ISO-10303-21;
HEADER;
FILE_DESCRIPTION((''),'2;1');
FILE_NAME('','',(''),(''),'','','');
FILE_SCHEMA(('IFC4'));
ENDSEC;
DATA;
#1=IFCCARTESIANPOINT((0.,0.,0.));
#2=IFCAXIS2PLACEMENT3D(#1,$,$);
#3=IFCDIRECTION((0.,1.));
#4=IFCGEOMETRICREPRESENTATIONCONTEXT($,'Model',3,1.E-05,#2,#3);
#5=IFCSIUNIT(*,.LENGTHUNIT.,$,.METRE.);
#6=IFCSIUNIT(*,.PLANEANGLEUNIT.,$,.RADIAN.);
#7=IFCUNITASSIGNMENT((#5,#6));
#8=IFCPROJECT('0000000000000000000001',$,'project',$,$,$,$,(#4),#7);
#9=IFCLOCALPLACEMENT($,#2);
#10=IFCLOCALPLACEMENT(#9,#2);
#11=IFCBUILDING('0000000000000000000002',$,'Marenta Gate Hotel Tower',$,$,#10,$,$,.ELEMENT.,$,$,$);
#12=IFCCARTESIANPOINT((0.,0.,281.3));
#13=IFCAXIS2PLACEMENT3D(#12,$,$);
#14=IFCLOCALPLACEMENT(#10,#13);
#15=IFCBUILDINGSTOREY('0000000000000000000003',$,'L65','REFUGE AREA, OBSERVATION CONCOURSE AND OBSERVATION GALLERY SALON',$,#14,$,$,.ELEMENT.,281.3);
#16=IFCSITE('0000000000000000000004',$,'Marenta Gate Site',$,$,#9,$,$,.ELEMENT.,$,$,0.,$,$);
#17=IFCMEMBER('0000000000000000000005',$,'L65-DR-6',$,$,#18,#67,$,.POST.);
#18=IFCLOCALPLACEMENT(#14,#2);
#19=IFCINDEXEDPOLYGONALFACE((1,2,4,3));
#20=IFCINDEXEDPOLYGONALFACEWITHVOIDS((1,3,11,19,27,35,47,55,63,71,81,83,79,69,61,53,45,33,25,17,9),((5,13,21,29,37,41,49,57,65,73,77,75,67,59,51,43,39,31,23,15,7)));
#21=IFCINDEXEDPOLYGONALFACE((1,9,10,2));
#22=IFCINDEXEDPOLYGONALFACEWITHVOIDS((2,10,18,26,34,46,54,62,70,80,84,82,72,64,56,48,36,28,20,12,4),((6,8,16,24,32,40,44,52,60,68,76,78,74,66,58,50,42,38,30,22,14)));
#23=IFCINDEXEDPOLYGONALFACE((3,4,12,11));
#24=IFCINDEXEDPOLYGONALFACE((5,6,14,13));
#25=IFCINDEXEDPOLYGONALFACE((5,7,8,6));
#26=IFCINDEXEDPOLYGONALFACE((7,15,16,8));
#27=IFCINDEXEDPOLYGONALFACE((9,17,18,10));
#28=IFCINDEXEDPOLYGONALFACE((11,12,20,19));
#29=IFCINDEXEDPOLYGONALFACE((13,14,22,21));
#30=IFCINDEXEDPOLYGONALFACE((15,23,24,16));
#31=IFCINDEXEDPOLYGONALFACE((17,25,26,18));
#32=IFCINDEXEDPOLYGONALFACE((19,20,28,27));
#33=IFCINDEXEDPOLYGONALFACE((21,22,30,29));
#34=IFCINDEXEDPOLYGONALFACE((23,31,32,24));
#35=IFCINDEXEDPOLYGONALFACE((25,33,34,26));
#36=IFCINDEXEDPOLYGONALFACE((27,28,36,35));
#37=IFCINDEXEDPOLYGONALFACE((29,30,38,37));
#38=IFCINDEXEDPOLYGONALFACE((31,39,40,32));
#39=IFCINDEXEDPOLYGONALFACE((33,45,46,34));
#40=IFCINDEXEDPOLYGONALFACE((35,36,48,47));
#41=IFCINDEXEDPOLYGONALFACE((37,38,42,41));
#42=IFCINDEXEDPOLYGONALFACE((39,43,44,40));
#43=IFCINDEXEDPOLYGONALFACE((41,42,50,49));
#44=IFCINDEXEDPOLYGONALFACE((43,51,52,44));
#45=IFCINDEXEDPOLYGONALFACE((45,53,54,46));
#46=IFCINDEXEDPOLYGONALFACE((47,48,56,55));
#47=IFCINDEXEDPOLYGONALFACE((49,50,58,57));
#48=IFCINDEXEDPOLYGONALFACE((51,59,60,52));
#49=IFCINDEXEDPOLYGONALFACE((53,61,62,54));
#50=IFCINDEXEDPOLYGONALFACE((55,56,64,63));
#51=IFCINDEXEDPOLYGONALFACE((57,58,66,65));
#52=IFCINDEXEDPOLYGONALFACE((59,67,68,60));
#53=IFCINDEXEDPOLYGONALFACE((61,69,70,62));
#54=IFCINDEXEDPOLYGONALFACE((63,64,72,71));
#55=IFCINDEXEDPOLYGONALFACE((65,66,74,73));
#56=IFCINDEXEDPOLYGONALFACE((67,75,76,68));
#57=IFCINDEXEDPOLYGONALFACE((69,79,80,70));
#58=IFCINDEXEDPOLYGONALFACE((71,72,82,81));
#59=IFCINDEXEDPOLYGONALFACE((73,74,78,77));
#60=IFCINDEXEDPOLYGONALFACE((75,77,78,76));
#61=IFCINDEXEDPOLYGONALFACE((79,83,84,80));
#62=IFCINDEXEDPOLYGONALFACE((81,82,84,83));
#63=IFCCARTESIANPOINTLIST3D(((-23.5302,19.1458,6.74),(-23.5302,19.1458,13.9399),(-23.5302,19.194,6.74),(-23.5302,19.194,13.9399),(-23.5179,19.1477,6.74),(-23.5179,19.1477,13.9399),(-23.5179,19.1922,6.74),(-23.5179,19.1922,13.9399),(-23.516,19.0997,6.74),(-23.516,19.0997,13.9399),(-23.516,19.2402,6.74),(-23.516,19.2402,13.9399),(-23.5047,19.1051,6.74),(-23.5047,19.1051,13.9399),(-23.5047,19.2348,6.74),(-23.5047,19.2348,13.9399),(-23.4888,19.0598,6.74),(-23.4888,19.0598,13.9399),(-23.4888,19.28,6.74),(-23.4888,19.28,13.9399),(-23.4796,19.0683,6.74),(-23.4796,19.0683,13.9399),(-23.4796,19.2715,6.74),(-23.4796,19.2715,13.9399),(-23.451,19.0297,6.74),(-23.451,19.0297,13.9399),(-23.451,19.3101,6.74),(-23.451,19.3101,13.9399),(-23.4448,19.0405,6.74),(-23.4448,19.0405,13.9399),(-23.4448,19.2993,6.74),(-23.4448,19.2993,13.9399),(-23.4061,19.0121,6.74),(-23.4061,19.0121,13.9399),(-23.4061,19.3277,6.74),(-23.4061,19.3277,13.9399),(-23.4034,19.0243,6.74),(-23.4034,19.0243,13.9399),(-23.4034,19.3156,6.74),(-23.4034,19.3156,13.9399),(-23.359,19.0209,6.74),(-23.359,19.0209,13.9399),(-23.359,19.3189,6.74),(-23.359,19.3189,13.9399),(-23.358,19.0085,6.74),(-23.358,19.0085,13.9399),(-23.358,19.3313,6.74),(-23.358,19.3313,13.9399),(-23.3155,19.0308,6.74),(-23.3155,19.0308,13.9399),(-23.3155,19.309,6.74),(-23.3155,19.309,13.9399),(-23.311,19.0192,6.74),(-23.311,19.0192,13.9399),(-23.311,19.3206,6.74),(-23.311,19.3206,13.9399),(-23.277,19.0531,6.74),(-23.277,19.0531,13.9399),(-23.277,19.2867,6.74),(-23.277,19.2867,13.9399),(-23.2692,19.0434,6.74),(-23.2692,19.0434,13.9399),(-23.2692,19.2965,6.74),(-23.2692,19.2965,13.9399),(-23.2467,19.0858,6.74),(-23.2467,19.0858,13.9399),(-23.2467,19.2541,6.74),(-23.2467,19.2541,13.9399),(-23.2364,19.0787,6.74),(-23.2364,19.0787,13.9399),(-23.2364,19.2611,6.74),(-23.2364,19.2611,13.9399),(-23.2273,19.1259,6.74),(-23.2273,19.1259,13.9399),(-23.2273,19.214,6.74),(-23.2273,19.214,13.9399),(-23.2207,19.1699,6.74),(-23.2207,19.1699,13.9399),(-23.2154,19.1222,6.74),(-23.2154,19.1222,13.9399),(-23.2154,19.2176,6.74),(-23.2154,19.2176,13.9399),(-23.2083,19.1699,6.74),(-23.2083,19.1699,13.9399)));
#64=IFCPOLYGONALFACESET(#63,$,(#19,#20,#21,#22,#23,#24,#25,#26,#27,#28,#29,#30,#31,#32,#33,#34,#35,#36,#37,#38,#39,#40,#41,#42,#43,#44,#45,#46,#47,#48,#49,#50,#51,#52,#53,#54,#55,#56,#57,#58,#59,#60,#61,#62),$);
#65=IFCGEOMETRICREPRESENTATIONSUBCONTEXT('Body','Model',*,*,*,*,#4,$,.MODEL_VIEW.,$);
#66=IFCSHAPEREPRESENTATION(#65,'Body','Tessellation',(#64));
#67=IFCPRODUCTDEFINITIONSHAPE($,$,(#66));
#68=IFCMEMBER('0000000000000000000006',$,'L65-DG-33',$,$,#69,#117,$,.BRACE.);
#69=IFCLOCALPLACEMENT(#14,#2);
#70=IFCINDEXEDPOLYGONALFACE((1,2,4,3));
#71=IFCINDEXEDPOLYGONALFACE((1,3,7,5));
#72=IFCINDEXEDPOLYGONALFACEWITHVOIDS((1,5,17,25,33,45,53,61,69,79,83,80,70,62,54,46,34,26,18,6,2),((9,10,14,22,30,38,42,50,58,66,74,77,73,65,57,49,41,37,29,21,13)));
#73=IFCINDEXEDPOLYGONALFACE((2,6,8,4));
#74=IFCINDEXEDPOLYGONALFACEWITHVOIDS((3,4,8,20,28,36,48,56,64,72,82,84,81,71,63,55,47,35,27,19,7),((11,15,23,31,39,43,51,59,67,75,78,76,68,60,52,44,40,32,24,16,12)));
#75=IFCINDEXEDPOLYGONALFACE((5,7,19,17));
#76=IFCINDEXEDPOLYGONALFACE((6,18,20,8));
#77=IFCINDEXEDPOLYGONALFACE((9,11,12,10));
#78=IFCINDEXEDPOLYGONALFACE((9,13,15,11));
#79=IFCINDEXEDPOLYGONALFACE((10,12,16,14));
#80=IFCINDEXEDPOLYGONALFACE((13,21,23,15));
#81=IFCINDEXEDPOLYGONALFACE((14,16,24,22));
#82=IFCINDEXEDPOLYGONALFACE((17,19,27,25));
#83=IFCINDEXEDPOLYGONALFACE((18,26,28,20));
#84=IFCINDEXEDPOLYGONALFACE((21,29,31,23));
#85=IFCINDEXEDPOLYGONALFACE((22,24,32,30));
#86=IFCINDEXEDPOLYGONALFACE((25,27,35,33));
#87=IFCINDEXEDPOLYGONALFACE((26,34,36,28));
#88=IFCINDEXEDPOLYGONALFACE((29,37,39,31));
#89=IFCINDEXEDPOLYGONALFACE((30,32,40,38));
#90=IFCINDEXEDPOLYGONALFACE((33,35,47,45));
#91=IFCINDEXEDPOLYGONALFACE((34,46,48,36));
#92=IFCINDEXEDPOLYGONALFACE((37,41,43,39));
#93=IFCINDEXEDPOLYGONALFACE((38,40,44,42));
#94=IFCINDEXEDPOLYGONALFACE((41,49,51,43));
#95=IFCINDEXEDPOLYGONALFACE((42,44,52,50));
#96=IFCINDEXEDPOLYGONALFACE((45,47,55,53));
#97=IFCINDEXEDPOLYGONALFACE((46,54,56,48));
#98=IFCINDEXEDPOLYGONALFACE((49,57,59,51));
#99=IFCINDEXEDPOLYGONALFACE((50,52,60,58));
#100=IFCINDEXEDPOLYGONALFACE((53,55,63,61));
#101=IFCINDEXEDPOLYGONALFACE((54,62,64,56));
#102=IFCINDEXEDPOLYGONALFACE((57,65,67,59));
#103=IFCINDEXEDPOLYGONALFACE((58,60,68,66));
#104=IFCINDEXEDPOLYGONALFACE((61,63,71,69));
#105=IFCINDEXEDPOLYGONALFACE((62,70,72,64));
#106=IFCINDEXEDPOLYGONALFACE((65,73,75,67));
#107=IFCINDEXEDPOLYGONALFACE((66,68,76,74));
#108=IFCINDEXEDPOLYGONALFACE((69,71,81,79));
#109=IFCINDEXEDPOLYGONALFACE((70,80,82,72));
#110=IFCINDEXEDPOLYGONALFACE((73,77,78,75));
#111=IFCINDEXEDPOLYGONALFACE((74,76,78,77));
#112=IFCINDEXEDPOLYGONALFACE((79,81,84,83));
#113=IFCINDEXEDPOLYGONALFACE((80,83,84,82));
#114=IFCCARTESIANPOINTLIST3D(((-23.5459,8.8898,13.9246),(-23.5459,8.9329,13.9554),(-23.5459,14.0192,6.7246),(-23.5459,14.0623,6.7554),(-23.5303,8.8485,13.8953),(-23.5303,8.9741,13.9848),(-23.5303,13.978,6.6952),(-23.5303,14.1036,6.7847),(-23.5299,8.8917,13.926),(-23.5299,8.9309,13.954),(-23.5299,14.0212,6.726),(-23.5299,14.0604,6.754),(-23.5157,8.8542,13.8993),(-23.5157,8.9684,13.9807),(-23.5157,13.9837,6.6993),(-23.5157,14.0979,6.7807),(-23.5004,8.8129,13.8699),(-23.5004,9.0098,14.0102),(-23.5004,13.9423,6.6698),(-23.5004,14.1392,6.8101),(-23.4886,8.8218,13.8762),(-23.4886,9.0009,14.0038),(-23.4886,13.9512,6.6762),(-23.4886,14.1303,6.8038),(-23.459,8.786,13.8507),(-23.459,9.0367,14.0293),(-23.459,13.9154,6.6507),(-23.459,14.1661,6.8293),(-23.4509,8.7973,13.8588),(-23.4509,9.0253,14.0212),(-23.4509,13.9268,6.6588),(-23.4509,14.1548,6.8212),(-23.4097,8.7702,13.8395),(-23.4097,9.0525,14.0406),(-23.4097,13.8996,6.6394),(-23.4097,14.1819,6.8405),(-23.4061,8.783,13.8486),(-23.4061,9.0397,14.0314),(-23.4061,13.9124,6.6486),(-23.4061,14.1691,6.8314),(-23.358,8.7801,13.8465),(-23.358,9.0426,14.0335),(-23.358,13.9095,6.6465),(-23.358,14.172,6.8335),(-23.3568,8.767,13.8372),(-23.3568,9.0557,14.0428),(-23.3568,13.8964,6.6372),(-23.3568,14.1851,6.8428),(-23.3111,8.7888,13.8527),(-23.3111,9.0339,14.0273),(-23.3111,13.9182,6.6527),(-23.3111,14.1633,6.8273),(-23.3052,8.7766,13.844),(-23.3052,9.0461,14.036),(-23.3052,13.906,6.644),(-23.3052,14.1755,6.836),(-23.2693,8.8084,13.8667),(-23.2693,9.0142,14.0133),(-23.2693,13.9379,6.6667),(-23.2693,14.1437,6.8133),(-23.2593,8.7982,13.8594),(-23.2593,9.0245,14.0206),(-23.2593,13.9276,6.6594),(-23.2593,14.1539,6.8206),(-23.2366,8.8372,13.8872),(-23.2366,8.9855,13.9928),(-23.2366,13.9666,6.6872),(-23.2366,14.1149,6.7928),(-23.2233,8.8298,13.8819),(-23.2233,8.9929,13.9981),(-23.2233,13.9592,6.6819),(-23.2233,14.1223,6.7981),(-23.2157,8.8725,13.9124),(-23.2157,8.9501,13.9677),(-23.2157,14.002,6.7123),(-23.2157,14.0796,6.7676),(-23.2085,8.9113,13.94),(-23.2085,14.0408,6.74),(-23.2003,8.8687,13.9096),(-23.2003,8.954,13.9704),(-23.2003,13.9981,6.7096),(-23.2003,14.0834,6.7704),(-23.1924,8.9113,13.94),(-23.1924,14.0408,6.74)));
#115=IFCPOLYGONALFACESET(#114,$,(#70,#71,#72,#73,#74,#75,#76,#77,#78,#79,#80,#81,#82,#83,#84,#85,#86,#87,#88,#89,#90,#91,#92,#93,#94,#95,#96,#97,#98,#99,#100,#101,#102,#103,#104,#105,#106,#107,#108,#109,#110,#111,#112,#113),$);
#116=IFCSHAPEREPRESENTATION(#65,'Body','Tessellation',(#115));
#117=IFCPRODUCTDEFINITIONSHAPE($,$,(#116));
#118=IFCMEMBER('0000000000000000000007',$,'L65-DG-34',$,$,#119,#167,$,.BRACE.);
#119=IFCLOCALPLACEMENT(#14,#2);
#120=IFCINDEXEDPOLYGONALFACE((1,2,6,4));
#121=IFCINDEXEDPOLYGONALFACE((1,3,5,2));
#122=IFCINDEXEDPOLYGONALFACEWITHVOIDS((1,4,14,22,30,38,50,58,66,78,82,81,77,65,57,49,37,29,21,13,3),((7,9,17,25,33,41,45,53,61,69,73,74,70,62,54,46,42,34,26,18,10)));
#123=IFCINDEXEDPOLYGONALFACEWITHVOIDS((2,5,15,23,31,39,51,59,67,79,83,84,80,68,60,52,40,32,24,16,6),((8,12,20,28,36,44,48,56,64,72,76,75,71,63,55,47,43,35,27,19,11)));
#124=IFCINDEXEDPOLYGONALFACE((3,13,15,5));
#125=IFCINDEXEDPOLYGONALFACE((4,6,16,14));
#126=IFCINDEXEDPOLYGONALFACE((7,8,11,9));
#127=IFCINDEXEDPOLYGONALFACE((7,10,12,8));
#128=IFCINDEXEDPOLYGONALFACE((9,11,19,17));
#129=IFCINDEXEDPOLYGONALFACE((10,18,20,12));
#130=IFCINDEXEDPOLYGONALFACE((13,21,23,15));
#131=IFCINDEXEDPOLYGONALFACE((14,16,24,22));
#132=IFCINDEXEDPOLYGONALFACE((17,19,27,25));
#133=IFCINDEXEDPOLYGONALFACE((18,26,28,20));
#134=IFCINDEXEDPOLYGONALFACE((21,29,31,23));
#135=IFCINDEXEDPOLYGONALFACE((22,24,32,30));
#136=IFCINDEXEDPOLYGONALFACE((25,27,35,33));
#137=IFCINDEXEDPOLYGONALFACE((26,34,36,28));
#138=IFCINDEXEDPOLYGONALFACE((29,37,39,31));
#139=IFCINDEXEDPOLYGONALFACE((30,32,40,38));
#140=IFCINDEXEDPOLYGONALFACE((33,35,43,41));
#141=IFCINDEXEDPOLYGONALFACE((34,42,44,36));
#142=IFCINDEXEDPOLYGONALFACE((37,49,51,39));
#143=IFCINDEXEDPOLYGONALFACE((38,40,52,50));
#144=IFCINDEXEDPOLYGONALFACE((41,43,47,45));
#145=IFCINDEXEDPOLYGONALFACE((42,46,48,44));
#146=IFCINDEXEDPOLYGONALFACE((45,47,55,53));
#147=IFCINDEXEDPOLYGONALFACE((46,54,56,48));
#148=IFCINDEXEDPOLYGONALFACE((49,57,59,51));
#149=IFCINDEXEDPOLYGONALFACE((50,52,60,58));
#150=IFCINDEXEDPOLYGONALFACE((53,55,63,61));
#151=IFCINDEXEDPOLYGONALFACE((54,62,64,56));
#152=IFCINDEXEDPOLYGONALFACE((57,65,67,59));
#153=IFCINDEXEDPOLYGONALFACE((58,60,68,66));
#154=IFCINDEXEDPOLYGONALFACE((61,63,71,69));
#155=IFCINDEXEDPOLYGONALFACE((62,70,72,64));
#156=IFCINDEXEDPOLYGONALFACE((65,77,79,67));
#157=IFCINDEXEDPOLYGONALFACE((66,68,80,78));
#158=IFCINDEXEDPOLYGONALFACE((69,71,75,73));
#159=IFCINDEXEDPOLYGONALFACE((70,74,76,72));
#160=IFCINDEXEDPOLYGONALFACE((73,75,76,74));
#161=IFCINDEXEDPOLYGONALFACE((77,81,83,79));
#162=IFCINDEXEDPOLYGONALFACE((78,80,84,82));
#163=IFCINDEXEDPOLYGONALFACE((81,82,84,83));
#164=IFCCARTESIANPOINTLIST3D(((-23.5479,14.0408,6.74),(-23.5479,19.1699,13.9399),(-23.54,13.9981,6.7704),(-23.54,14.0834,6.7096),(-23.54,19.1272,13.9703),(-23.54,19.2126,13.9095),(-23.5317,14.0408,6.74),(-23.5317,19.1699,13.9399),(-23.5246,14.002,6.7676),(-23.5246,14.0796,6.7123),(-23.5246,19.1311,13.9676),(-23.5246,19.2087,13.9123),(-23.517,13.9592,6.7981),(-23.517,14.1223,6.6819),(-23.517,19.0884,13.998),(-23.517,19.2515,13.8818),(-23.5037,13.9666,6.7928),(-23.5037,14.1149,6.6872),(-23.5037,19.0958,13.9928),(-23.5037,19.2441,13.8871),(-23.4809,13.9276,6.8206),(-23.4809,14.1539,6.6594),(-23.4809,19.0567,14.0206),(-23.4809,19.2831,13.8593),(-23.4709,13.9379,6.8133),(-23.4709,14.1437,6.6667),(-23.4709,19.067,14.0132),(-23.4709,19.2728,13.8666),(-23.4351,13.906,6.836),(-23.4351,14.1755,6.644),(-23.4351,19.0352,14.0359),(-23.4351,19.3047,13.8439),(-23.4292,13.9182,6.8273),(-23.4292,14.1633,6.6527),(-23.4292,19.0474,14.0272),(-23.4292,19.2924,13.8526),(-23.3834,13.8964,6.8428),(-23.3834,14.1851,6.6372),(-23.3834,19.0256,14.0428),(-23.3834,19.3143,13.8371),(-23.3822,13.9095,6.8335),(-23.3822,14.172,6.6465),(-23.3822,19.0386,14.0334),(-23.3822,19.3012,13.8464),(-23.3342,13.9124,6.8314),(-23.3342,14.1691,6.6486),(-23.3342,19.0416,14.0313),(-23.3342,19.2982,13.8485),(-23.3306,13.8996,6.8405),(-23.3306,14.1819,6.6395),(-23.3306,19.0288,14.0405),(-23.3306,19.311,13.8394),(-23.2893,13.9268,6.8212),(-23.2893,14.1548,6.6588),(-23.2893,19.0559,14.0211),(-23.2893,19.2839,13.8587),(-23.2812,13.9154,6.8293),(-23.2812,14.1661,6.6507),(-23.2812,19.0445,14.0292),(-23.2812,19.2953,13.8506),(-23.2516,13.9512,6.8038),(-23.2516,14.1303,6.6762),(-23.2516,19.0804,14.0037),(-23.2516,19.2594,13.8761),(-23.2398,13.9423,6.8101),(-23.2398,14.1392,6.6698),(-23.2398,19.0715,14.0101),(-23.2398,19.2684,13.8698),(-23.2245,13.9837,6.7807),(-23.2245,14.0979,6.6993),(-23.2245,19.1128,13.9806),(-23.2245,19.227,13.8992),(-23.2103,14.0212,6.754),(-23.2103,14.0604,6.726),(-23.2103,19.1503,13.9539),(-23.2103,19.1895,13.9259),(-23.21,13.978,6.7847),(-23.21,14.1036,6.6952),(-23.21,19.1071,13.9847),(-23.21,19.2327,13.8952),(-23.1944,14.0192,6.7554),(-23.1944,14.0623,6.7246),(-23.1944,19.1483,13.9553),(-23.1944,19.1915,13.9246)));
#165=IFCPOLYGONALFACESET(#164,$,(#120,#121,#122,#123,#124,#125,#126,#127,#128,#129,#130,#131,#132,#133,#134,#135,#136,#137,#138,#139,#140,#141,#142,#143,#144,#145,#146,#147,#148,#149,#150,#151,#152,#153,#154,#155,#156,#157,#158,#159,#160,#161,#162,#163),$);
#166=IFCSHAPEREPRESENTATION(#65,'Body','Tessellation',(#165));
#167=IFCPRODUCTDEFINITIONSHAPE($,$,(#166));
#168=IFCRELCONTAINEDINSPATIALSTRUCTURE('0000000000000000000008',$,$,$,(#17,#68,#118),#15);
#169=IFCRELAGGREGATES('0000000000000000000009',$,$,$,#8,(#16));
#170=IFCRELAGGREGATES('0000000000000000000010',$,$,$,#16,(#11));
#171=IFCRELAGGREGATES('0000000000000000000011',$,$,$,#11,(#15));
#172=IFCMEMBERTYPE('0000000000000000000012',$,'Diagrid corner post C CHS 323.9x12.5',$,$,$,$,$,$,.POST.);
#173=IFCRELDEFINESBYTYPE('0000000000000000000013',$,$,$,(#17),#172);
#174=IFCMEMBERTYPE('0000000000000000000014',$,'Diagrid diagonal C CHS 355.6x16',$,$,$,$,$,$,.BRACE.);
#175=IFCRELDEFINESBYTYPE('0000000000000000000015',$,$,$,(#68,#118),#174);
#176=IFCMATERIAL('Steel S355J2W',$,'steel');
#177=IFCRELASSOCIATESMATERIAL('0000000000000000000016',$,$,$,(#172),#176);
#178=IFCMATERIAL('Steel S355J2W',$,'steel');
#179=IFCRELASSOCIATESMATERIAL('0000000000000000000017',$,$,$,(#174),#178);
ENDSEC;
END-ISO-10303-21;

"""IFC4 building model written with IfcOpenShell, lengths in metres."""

from ifc_helpers import new_model, si_unit, direction, frame, origin, origin_2d, place, context, subcontext, project, spatial, hollow_circle, extrude, material, material_profile, profile_set, type_object, element, save


model = new_model("IFC4")

# Units and contexts
model_context = context("Model", 3, precision=1e-05, world=origin(), true_north=direction((0.0, 1.0)))
body_context = subcontext(model_context, "Body", "Model", "MODEL_VIEW")
ifc_project = project(units=[si_unit("LENGTHUNIT", "METRE"), si_unit("PLANEANGLEUNIT", "RADIAN")], contexts=[model_context])

# Site, building, storey
site_placement = place(None, origin())
site = spatial("IfcSite", under=ifc_project, at=site_placement, Name="Marenta Gate Site", CompositionType="ELEMENT", RefElevation=0.0)
building_placement = place(site_placement, origin())
building = spatial("IfcBuilding", under=site, at=building_placement, Name="Marenta Gate Hotel Tower", CompositionType="ELEMENT")
storey_placement = place(building_placement, frame((0.0, 0.0, 281.3)))
storey = spatial("IfcBuildingStorey", under=building, at=storey_placement, Name="L65", Description="REFUGE AREA, OBSERVATION CONCOURSE AND OBSERVATION GALLERY SALON", CompositionType="ELEMENT", Elevation=281.3)

# Members
ifc_material_1 = material(Name="Steel S355J2W", Category="steel")
ifc_material_profile_1 = material_profile(ifc_material_1, hollow_circle(Radius=0.1619, WallThickness=0.0125, at=origin_2d()), Name="CHS 323.9x12.5")
ifc_profile_set_1 = profile_set([ifc_material_profile_1], Name="Steel S355J2W")
member_type_1 = type_object("IfcMemberType", Name="Diagrid corner post C CHS 323.9x12.5", PredefinedType="POST", material=ifc_profile_set_1)
member_1_placement = place(storey_placement, frame((-23.3701, 19.1699, 6.74), z_axis=(0.0, 0.0, 1.0), x_axis=(1.0, 0.0, 0.0)))
element("IfcMember", 1, at=member_1_placement, inside=storey, type_object=member_type_1, Name="L65-DR-6", PredefinedType="POST", context=body_context, shape_type="SweptSolid", body=[
    extrude(hollow_circle(Radius=0.1619, WallThickness=0.0125, at=origin_2d()), origin(), (0.0, 0.0, 1.0), 7.2),
])
ifc_material_2 = material(Name="Steel S355J2W", Category="steel")
ifc_material_profile_2 = material_profile(ifc_material_2, hollow_circle(Radius=0.1777, WallThickness=0.0161, at=origin_2d()), Name="CHS 355.6x16")
ifc_profile_set_2 = profile_set([ifc_material_profile_2], Name="Steel S355J2W")
member_type_2 = type_object("IfcMemberType", Name="Diagrid diagonal C CHS 355.6x16", PredefinedType="BRACE", material=ifc_profile_set_2)
member_2_placement = place(storey_placement, frame((-23.3701, 14.0408, 6.74), z_axis=(0.0, -0.580232, 0.814451), x_axis=(1.0, 0.0, 0.0)))
element("IfcMember", 2, at=member_2_placement, inside=storey, type_object=member_type_2, Name="L65-DG-33", PredefinedType="BRACE", context=body_context, shape_type="SweptSolid", body=[
    extrude(hollow_circle(Radius=0.1777, WallThickness=0.0161, at=origin_2d()), origin(), (0.0, 0.0, 1.0), 8.8403),
])
member_3_placement = place(storey_placement, frame((-23.3701, 14.0408, 6.74), z_axis=(0.0, 0.580214, 0.814464), x_axis=(-1.0, 0.0, 0.0)))
element("IfcMember", 3, at=member_3_placement, inside=storey, type_object=member_type_2, Name="L65-DG-34", PredefinedType="BRACE", context=body_context, shape_type="SweptSolid", body=[
    extrude(hollow_circle(Radius=0.1777, WallThickness=0.0161, at=origin_2d()), origin(), (0.0, 0.0, 1.0), 8.8401),
])

save(model, "model.ifc")
